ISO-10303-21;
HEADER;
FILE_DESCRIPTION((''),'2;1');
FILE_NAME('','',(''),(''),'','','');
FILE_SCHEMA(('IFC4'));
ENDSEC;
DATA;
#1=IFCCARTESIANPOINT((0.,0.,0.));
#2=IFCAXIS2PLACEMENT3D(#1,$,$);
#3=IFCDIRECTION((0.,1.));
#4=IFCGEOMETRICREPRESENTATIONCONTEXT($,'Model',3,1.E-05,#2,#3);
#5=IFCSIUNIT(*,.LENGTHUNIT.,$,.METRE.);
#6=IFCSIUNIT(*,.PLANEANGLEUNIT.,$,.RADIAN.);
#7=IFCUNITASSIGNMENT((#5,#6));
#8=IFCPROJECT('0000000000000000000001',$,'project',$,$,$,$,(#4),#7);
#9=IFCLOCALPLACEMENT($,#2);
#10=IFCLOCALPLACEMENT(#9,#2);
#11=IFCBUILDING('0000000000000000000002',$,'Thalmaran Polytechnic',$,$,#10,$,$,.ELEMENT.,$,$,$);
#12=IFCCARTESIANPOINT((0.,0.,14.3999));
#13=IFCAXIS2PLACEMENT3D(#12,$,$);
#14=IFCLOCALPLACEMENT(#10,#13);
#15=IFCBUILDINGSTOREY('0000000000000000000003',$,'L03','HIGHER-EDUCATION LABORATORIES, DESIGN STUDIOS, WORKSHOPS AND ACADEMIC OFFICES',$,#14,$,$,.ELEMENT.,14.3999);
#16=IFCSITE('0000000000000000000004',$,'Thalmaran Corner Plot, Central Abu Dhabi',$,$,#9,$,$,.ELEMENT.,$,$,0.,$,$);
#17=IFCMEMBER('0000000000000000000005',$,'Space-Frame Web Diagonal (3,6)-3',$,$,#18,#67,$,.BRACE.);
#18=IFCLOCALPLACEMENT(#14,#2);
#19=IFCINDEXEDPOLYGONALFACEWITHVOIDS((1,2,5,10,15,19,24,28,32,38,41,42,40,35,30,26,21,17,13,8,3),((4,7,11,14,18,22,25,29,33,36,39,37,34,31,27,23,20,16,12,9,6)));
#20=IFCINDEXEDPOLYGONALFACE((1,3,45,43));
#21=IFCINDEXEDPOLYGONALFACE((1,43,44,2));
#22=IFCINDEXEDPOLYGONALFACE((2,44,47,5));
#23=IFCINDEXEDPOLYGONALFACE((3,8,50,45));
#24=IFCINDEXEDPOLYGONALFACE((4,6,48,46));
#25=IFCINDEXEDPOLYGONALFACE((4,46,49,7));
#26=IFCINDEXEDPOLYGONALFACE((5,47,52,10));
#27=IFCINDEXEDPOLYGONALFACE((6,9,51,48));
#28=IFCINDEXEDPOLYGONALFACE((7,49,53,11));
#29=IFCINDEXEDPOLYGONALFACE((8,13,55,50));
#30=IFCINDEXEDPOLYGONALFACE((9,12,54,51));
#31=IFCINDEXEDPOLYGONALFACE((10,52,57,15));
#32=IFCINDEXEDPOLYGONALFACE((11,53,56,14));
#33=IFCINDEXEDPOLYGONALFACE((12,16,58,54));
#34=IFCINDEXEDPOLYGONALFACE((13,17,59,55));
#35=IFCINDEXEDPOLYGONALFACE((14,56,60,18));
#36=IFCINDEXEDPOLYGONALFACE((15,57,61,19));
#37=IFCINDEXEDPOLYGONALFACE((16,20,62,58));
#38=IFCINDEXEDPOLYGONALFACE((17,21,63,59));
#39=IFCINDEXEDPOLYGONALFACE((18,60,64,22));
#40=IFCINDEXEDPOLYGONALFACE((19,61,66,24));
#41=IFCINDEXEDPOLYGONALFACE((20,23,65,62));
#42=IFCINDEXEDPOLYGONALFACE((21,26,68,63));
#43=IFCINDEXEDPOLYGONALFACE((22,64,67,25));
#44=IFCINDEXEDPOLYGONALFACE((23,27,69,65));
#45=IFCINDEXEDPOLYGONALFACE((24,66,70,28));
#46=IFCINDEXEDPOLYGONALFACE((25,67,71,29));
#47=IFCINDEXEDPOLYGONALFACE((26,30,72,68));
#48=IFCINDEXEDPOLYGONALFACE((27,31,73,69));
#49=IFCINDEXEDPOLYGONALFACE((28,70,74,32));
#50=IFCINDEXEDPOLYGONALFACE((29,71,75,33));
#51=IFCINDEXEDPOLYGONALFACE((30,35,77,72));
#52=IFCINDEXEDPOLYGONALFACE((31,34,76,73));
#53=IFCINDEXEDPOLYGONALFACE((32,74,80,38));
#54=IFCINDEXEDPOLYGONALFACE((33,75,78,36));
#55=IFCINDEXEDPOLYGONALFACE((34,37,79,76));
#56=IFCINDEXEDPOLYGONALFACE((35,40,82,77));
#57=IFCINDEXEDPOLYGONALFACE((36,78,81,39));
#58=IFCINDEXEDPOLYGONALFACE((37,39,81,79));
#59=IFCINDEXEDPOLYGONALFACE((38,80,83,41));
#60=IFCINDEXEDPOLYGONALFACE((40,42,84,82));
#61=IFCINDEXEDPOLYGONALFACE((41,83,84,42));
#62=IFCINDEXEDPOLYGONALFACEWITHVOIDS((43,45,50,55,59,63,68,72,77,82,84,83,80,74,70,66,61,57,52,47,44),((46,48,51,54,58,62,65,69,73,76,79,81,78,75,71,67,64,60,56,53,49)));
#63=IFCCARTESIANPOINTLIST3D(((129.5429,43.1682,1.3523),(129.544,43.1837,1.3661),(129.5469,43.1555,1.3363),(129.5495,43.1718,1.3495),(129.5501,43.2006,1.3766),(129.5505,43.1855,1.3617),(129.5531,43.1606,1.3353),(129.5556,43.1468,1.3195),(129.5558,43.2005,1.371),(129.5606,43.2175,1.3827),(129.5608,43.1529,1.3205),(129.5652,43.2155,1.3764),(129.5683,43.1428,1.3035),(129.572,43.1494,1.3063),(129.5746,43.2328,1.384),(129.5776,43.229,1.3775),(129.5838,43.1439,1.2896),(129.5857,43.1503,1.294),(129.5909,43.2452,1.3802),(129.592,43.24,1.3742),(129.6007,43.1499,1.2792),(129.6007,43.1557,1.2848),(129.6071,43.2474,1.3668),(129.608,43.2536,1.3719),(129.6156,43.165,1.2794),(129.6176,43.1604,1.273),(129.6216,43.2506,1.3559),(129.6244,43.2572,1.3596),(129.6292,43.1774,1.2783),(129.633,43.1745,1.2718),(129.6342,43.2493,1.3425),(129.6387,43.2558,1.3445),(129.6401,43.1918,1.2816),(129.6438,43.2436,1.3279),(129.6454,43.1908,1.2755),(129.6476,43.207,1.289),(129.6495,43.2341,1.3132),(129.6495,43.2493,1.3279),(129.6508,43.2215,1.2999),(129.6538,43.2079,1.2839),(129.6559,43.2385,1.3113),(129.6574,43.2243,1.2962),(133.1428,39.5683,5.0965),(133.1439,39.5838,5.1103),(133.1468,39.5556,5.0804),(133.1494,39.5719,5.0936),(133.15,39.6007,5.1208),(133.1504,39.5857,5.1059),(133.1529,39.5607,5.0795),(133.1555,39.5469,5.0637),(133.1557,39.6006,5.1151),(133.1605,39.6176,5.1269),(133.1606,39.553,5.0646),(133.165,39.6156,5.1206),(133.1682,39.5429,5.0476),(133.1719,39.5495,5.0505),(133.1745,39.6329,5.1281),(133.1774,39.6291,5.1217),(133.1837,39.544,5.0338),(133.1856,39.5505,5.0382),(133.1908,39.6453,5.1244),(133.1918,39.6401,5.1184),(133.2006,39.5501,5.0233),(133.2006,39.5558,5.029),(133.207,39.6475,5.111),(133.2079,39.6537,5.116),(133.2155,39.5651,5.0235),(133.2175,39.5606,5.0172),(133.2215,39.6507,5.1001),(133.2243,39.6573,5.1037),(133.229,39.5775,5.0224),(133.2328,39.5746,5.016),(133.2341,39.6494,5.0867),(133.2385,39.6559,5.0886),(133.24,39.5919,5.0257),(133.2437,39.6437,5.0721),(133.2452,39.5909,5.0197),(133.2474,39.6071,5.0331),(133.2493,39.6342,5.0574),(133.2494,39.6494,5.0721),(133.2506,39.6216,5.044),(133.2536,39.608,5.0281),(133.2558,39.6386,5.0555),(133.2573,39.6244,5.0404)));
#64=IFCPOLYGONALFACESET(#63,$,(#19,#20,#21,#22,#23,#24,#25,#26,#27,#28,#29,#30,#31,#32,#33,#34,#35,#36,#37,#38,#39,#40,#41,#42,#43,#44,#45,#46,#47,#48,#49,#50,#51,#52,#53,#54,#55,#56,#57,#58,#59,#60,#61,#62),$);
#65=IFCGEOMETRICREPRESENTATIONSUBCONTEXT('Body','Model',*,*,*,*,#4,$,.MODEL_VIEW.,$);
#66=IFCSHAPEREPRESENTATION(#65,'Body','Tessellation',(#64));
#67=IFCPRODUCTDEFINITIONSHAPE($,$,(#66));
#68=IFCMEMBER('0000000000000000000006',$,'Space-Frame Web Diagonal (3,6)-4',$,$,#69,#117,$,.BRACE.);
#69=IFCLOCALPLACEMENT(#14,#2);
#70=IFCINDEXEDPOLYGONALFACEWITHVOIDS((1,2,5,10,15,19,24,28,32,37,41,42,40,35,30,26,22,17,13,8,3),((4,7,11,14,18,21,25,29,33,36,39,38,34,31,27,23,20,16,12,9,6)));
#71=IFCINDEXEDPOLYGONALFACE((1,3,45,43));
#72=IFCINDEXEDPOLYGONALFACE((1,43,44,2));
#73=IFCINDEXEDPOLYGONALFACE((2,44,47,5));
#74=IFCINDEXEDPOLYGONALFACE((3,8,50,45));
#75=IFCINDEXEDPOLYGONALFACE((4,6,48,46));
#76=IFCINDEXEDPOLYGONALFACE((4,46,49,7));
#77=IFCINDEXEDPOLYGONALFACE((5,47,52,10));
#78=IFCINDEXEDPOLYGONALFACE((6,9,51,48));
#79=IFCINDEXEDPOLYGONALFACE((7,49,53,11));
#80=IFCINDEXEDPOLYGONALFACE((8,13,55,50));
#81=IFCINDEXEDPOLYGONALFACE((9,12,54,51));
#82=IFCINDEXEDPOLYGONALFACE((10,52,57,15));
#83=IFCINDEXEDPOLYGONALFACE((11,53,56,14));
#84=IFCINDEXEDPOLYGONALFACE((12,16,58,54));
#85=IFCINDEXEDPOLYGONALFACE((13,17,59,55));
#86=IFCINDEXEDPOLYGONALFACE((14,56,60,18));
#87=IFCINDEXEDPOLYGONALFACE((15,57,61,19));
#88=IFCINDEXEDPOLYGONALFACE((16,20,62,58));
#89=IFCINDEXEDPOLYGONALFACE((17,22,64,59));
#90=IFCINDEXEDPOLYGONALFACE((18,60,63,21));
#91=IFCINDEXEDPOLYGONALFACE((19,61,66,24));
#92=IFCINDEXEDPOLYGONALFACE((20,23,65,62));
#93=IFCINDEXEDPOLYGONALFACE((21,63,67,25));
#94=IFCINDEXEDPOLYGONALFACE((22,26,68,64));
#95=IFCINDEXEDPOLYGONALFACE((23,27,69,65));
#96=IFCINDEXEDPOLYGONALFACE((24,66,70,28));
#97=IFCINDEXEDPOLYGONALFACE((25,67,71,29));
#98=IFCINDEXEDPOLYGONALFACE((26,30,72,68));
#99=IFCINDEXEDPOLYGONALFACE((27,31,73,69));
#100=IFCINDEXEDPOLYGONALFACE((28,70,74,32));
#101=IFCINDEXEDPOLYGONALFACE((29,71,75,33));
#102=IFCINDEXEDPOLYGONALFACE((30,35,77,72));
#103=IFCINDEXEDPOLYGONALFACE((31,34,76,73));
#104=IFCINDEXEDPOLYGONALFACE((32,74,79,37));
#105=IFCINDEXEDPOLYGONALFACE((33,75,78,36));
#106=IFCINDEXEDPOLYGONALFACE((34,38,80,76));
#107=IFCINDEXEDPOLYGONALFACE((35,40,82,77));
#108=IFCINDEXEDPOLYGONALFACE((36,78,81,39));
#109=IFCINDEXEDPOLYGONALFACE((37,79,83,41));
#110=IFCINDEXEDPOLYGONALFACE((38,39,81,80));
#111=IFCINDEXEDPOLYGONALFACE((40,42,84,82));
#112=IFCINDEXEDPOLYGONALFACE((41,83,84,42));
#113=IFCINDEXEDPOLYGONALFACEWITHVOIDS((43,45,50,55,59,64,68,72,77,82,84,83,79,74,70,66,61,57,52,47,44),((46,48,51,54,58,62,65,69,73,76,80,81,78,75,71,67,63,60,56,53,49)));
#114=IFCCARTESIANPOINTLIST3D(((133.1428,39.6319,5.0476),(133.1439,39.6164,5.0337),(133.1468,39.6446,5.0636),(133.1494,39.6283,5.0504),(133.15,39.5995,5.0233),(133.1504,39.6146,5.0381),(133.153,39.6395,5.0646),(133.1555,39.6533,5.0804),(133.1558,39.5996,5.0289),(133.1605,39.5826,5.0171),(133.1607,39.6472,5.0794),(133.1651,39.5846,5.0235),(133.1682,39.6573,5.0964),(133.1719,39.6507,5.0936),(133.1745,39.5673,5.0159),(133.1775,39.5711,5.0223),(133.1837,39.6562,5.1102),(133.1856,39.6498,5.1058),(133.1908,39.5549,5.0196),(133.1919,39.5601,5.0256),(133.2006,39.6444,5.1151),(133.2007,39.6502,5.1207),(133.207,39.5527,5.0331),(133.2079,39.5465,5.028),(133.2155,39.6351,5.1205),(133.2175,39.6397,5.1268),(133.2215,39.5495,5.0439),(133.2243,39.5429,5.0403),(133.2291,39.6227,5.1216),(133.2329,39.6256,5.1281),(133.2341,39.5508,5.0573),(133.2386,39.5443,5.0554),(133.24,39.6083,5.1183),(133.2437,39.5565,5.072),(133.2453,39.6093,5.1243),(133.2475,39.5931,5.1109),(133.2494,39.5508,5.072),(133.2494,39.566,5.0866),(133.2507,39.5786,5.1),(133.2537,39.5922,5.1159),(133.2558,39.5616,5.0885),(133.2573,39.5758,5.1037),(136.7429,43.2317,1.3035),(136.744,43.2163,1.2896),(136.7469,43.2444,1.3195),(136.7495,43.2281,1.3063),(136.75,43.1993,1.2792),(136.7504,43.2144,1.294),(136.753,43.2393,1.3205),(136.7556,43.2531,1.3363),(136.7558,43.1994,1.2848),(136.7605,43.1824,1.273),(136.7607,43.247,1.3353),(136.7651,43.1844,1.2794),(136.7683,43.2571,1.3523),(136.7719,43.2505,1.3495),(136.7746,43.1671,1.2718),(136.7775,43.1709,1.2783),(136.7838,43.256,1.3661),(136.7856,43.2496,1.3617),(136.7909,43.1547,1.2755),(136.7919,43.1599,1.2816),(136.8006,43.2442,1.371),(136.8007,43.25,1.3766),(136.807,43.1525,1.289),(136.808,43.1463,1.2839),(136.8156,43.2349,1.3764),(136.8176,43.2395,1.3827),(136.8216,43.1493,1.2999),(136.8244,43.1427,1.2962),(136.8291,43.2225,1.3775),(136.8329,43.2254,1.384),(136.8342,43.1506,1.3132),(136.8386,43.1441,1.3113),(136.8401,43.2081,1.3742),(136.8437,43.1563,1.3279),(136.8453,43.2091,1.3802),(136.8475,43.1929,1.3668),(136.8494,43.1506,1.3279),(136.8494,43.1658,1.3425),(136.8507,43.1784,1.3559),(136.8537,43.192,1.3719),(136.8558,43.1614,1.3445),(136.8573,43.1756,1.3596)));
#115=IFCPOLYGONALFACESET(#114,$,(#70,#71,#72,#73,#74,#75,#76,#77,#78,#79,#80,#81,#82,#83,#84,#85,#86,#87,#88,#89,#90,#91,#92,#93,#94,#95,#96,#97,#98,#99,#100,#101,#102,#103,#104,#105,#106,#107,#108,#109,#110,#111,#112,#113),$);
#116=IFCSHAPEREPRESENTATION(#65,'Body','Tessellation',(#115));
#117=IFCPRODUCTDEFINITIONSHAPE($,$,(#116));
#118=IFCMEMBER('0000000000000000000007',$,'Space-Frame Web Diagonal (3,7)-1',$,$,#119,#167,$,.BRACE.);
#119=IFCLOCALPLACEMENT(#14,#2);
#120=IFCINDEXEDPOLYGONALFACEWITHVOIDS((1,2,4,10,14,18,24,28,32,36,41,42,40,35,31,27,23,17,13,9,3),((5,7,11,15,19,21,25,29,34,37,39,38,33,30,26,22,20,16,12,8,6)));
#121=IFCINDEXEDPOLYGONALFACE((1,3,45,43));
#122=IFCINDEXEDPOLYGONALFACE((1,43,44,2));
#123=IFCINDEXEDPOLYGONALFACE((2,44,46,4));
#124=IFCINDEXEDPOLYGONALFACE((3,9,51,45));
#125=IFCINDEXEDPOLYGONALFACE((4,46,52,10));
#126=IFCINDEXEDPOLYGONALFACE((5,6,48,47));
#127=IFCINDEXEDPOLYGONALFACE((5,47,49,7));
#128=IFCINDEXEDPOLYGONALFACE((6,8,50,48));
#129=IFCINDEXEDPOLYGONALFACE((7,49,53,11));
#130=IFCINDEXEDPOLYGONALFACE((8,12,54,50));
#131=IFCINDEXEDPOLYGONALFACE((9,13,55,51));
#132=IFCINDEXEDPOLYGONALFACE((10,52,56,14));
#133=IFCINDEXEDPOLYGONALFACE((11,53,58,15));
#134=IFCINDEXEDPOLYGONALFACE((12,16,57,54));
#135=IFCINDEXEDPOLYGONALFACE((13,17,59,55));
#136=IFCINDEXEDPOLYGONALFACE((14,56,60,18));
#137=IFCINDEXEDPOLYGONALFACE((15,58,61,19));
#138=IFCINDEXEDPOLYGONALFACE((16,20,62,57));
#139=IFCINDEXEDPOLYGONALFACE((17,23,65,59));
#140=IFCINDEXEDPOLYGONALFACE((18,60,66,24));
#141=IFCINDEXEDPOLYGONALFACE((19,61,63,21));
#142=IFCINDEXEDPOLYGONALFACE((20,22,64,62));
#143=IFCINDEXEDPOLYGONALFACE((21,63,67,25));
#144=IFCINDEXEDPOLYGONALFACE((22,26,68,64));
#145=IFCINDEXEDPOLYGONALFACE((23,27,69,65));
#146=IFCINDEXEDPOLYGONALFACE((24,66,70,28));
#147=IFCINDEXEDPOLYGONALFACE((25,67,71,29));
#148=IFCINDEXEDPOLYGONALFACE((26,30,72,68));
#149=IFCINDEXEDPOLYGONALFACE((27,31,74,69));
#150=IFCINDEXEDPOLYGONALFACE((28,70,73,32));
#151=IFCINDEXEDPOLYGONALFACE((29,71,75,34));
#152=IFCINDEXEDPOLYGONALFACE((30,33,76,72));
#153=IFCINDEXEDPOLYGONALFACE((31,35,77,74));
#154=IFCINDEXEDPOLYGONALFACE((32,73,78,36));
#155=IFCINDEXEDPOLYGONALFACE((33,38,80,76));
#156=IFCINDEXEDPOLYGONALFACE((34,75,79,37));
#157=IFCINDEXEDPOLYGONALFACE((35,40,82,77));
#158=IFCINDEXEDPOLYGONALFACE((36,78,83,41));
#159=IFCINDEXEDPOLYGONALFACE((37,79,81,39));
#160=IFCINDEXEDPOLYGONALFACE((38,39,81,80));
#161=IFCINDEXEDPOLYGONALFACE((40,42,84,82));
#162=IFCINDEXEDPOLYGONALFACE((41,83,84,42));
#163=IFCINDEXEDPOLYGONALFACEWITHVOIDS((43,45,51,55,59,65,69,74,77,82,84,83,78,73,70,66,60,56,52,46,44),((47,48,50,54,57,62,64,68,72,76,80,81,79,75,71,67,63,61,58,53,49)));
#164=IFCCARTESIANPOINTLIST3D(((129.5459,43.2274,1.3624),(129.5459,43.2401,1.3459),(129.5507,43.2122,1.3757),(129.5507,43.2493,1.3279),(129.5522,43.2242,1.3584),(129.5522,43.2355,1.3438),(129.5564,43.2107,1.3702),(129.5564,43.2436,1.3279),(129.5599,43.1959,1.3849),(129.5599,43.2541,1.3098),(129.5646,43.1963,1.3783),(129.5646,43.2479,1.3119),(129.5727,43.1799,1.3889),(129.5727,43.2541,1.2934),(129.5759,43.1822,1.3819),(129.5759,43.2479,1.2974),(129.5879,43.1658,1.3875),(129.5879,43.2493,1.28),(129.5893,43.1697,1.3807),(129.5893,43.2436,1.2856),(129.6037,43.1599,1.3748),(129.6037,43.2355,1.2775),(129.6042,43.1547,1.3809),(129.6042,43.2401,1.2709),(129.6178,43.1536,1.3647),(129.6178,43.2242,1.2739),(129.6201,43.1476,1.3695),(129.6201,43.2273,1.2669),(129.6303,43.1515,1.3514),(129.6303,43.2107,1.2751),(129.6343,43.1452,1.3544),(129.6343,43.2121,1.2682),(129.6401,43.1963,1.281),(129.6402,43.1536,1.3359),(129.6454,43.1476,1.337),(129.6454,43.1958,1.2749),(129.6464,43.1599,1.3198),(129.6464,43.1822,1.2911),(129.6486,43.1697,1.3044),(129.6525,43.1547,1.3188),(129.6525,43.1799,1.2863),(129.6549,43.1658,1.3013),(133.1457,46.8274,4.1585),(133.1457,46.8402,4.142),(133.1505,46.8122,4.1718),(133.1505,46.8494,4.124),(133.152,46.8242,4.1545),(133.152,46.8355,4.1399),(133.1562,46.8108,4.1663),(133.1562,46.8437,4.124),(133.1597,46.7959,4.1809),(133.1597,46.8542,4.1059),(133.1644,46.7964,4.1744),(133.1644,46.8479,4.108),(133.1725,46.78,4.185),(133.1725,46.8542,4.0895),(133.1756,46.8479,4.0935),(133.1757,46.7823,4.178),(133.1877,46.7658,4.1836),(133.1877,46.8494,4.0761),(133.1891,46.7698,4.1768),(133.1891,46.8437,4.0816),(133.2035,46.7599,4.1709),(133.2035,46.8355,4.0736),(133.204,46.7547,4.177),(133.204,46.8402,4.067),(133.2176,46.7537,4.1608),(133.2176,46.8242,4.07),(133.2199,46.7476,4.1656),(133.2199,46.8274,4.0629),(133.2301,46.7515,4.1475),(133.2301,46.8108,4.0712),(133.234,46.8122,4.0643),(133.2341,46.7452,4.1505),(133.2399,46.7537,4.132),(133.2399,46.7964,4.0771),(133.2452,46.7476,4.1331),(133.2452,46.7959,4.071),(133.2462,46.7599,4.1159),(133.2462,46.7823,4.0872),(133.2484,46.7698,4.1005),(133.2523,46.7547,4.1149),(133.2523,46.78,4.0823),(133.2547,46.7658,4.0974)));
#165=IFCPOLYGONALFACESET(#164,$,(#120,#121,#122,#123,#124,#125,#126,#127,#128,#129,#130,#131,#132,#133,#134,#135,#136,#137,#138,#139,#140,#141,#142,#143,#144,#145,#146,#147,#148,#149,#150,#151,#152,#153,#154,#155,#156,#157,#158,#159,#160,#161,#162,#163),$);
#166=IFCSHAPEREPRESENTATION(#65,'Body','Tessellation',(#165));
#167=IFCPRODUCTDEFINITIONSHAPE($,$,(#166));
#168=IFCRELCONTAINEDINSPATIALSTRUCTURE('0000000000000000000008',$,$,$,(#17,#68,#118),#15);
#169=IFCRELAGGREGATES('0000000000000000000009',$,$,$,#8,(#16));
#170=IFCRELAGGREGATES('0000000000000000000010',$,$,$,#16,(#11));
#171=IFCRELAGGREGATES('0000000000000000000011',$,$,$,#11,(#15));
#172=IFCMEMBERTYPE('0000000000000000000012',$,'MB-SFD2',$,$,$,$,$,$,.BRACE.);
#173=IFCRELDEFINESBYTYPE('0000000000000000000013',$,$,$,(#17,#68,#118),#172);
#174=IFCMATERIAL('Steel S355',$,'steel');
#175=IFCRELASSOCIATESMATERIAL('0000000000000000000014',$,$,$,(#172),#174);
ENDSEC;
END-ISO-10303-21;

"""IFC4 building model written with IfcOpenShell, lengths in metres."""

from ifc_helpers import new_model, si_unit, direction, frame, origin, origin_2d, place, context, subcontext, project, spatial, hollow_circle, extrude, material, material_profile, profile_set, type_object, element, save


model = new_model("IFC4")

# Units and contexts
model_context = context("Model", 3, precision=1e-05, world=origin(), true_north=direction((0.0, 1.0)))
body_context = subcontext(model_context, "Body", "Model", "MODEL_VIEW")
ifc_project = project(units=[si_unit("LENGTHUNIT", "METRE"), si_unit("PLANEANGLEUNIT", "RADIAN")], contexts=[model_context])

# Site, building, storey
site_placement = place(None, origin())
site = spatial("IfcSite", under=ifc_project, at=site_placement, Name="Thalmaran Corner Plot, Central Abu Dhabi", CompositionType="ELEMENT", RefElevation=0.0)
building_placement = place(site_placement, origin())
building = spatial("IfcBuilding", under=site, at=building_placement, Name="Thalmaran Polytechnic", CompositionType="ELEMENT")
storey_placement = place(building_placement, frame((0.0, 0.0, 14.3999)))
storey = spatial("IfcBuildingStorey", under=building, at=storey_placement, Name="L03", Description="HIGHER-EDUCATION LABORATORIES, DESIGN STUDIOS, WORKSHOPS AND ACADEMIC OFFICES", CompositionType="ELEMENT", Elevation=14.3999)

# Members
ifc_material = material(Name="Steel S355", Category="steel")
ifc_material_profile_1 = material_profile(ifc_material, hollow_circle(Radius=0.0698, WallThickness=0.0081, at=origin_2d()), Name="CHS 139.7x8.0")
ifc_profile_set_1 = profile_set([ifc_material_profile_1], Name="Steel S355")
member_type_1 = type_object("IfcMemberType", Name="MB-SFD2", PredefinedType="BRACE", material=ifc_profile_set_1)
for number, where, z_axis, x_axis, name in (
    (1, (129.6001, 43.2, 1.3279), (0.569639, -0.569639, 0.592471), (0.707107, 0.707107, 0.0), "Space-Frame Web Diagonal (3,6)-3"),
    (2, (136.8, 43.2, 1.3279), (-0.569665, -0.569627, 0.592458), (0.707083, -0.707131, 0.0), "Space-Frame Web Diagonal (3,6)-4"),
):
    element("IfcMember", number, at=place(storey_placement, frame(where, z_axis=z_axis, x_axis=x_axis)), inside=storey, type_object=member_type_1, Name=name, PredefinedType="BRACE", context=body_context, shape_type="SweptSolid", body=[
        extrude(hollow_circle(Radius=0.0698, WallThickness=0.0081, at=origin_2d()), origin(), (0.0, 0.0, 1.0), 6.3196),
    ])
member_1_placement = place(storey_placement, frame((129.6001, 43.2, 1.3279), z_axis=(0.619762, 0.619804, 0.481392), x_axis=(-0.707131, 0.707083, 0.0)))
element("IfcMember", 3, at=member_1_placement, inside=storey, type_object=member_type_1, Name="Space-Frame Web Diagonal (3,7)-1", PredefinedType="BRACE", context=body_context, shape_type="SweptSolid", body=[
    extrude(hollow_circle(Radius=0.0698, WallThickness=0.0081, at=origin_2d()), origin(), (0.0, 0.0, 1.0), 5.8083),
])

save(model, "model.ifc")
